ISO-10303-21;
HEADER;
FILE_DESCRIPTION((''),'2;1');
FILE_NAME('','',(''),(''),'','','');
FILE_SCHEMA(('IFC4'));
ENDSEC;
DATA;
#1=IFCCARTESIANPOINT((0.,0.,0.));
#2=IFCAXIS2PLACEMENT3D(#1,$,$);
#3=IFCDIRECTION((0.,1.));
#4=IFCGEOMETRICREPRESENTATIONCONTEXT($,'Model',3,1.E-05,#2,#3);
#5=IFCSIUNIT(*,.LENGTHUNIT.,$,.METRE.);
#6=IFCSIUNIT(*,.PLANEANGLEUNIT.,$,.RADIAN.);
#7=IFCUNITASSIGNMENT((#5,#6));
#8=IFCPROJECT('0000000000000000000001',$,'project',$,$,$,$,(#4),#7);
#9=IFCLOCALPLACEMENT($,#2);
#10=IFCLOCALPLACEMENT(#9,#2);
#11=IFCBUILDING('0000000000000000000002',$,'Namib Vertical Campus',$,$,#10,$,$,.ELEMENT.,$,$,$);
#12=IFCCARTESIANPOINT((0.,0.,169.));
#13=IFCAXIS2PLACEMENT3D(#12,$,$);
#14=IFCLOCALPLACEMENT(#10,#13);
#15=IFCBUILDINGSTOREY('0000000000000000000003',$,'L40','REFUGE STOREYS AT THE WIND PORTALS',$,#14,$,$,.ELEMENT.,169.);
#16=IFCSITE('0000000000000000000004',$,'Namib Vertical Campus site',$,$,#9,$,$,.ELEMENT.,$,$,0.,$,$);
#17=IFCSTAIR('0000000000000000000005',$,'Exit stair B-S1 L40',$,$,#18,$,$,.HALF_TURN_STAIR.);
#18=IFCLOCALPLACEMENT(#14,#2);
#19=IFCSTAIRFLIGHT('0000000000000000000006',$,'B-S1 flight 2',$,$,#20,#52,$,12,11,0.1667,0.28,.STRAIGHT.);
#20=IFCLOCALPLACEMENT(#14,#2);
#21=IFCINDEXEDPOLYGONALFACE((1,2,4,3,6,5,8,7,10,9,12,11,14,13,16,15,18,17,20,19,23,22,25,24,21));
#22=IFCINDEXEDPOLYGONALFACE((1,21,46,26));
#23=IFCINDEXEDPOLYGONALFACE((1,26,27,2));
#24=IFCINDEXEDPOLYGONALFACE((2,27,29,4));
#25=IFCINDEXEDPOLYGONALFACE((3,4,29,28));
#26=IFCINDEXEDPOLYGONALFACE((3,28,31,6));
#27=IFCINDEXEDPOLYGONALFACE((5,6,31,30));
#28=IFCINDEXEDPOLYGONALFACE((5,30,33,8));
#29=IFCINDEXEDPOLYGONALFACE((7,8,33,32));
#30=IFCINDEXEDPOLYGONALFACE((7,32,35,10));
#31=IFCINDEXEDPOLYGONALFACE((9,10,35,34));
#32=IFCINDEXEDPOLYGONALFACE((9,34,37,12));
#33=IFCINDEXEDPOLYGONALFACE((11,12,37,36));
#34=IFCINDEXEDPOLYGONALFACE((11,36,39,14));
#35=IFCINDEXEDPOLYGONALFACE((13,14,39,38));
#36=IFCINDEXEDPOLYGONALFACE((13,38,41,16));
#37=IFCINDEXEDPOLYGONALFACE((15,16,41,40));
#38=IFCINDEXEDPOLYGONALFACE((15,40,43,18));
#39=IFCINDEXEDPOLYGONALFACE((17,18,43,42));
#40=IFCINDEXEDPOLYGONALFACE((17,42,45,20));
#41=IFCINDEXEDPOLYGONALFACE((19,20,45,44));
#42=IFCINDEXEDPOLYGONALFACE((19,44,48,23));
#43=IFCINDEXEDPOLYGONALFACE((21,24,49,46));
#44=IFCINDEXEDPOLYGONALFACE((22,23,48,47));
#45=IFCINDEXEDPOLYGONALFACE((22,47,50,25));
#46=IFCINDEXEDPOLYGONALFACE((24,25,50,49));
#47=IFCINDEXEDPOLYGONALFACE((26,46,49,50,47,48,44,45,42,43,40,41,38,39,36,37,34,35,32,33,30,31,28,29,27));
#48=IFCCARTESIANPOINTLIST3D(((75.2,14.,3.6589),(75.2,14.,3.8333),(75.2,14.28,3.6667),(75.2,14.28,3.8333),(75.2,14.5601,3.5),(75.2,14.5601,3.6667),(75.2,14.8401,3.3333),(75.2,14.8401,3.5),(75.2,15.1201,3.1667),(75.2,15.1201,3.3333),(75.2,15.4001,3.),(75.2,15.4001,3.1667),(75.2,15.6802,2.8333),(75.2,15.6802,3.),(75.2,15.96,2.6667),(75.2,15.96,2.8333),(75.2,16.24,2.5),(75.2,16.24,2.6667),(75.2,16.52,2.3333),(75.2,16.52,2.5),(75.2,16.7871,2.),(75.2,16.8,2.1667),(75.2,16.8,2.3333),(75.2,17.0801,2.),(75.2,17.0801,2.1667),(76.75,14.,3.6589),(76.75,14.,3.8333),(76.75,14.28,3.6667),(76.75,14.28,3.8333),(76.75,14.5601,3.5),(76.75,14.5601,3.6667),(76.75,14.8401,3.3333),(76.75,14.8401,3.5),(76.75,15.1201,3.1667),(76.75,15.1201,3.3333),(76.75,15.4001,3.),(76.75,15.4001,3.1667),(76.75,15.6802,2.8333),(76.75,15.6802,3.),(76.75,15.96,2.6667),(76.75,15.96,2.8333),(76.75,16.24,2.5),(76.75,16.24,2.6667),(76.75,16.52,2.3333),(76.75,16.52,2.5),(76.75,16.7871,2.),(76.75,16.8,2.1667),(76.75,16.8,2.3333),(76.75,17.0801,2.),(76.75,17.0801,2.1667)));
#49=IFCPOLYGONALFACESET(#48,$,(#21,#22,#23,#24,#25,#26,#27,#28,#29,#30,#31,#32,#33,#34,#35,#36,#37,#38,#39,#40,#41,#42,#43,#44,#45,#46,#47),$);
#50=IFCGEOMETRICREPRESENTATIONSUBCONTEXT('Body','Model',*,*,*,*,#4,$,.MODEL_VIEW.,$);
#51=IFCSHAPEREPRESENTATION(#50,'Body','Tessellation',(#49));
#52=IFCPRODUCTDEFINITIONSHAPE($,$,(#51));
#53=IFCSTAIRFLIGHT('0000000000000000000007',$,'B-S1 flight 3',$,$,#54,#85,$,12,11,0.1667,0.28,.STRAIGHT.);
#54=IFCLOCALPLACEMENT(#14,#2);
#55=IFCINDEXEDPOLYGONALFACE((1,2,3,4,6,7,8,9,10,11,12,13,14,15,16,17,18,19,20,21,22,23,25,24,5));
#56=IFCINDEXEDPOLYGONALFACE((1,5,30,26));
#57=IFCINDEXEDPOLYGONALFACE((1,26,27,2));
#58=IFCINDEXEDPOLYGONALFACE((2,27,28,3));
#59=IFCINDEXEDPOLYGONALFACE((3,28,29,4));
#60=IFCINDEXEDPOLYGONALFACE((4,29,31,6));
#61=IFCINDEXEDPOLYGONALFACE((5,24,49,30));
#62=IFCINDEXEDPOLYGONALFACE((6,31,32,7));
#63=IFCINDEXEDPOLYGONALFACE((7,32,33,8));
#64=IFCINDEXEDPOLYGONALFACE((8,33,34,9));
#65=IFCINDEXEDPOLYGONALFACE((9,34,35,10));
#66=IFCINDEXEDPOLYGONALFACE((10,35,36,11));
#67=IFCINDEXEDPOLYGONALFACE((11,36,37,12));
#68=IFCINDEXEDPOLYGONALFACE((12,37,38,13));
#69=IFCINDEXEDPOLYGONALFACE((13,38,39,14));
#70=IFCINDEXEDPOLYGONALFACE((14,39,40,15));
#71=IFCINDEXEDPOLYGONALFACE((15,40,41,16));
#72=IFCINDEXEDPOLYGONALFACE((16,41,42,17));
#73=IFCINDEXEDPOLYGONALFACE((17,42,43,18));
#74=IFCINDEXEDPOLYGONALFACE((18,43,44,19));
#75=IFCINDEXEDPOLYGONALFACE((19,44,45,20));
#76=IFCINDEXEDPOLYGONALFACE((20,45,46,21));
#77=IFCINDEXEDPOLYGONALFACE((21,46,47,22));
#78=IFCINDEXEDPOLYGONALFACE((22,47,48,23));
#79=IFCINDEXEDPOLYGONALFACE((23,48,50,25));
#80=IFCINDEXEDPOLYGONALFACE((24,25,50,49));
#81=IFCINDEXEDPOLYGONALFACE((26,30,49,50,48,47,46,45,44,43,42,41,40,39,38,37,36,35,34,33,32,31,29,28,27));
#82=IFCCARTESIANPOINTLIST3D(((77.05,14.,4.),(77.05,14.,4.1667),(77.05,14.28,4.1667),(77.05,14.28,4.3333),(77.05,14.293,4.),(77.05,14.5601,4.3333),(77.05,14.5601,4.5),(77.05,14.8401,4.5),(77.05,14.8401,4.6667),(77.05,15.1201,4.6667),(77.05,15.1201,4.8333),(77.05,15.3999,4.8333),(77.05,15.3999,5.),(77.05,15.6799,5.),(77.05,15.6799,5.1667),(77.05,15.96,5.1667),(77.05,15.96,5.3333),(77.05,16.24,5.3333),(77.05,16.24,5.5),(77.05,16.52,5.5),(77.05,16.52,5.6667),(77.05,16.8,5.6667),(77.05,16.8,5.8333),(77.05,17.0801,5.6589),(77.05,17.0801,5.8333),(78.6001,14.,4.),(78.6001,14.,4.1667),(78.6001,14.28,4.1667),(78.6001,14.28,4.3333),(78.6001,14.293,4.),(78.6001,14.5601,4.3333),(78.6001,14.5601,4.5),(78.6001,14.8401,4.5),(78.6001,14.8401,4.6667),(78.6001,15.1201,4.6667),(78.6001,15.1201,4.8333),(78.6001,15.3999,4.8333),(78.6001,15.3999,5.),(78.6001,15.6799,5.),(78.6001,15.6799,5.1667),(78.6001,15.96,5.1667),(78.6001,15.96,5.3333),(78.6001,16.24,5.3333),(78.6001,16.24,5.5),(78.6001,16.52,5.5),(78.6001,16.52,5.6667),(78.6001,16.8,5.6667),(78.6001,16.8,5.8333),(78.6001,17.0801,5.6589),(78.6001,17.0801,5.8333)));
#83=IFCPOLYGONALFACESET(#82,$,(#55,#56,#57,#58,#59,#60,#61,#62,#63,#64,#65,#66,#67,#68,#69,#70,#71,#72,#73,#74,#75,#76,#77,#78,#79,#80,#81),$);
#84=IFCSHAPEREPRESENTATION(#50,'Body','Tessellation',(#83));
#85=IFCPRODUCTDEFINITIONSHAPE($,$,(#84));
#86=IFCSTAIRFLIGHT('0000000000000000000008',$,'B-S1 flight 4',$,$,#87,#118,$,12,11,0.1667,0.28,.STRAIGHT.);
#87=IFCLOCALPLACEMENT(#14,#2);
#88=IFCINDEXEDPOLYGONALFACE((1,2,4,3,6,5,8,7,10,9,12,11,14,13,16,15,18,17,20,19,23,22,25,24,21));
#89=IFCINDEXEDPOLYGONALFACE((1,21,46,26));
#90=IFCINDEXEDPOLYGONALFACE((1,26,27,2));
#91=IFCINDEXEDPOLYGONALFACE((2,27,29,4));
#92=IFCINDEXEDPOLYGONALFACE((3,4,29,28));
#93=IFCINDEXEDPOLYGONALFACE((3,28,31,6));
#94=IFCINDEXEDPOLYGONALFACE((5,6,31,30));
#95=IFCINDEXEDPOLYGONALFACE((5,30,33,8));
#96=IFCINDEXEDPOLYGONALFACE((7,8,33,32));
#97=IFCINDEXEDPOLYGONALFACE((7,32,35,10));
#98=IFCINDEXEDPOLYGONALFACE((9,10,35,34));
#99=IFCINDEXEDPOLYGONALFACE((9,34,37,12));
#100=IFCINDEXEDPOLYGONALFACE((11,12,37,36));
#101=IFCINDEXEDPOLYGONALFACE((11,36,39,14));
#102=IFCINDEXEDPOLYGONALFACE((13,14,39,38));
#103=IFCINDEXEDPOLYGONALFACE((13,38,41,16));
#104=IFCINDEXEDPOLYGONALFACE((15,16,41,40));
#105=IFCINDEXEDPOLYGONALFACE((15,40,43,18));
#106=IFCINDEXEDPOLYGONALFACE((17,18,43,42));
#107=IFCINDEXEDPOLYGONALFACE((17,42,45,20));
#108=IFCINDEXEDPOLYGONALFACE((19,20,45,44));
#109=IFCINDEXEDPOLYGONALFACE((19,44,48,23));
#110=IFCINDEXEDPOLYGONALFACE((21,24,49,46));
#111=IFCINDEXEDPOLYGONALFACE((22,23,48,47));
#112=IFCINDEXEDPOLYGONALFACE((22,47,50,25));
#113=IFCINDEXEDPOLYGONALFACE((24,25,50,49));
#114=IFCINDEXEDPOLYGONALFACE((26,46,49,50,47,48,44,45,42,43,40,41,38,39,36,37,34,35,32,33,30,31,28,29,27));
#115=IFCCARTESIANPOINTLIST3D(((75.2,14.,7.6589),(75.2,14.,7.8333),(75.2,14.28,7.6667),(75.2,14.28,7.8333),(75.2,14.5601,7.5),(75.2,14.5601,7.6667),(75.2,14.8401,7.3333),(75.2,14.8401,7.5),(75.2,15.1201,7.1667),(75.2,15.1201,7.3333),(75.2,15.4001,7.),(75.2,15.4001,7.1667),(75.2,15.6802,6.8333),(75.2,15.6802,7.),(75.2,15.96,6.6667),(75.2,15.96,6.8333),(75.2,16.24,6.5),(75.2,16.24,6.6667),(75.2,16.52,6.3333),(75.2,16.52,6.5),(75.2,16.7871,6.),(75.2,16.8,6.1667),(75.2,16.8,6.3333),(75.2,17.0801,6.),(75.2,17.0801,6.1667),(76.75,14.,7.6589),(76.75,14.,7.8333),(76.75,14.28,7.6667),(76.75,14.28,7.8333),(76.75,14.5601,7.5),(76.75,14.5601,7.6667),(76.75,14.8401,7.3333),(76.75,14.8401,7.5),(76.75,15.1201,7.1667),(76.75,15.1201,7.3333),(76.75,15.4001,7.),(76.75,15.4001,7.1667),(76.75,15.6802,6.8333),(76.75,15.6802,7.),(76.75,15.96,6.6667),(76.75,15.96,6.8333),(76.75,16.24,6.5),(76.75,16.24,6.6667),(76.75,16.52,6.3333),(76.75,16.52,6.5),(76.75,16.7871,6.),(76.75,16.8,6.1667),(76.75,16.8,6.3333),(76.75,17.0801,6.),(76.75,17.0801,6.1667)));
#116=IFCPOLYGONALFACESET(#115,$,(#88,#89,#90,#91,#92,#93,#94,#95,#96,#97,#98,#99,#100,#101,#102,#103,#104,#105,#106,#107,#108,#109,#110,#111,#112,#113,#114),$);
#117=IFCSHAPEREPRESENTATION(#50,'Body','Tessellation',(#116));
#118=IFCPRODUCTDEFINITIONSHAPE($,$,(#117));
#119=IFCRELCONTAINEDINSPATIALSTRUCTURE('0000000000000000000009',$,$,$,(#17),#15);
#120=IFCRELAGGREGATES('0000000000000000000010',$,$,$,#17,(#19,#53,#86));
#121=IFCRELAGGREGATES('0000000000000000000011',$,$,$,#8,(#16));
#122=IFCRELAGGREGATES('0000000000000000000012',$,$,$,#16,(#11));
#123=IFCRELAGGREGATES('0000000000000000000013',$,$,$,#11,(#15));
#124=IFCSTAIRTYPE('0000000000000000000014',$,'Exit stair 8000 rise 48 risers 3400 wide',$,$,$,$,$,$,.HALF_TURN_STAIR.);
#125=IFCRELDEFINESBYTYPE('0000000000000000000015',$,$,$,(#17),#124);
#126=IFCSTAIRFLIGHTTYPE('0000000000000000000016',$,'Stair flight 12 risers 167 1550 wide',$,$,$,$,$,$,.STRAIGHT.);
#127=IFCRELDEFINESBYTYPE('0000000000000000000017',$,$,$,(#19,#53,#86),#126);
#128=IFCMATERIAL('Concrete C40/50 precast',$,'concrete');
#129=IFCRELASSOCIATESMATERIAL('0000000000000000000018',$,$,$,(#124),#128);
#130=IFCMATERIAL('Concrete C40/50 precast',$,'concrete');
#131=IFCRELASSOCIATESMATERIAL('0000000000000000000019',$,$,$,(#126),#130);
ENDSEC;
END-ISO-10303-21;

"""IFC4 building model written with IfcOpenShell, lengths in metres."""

from ifc_helpers import new_model, si_unit, direction, frame, origin, place, context, subcontext, project, spatial, polyline, outline, extrude, material, type_object, element, aggregate, save


model = new_model("IFC4")

# Units and contexts
model_context = context("Model", 3, precision=1e-05, world=origin(), true_north=direction((0.0, 1.0)))
body_context = subcontext(model_context, "Body", "Model", "MODEL_VIEW")
ifc_project = project(units=[si_unit("LENGTHUNIT", "METRE"), si_unit("PLANEANGLEUNIT", "RADIAN")], contexts=[model_context])

# Site, building, storey
site_placement = place(None, origin())
site = spatial("IfcSite", under=ifc_project, at=site_placement, Name="Namib Vertical Campus site", CompositionType="ELEMENT", RefElevation=0.0)
building_placement = place(site_placement, origin())
building = spatial("IfcBuilding", under=site, at=building_placement, Name="Namib Vertical Campus", CompositionType="ELEMENT")
storey_placement = place(building_placement, frame((0.0, 0.0, 169.0)))
storey = spatial("IfcBuildingStorey", under=building, at=storey_placement, Name="L40", Description="REFUGE STOREYS AT THE WIND PORTALS", CompositionType="ELEMENT", Elevation=169.0)

# Stair, stair flights
ifc_material_1 = material(Name="Concrete C40/50 precast", Category="concrete")
stair_type = type_object("IfcStairType", Name="Exit stair 8000 rise 48 risers 3400 wide", PredefinedType="HALF_TURN_STAIR", material=ifc_material_1)
stair_placement = place(storey_placement, origin())
stair = element("IfcStair", 1, at=stair_placement, inside=storey, type_object=stair_type, Name="Exit stair B-S1 L40", PredefinedType="HALF_TURN_STAIR")
ifc_material_2 = material(Name="Concrete C40/50 precast", Category="concrete")
stair_flight_type = type_object("IfcStairFlightType", Name="Stair flight 12 risers 167 1550 wide", PredefinedType="STRAIGHT", material=ifc_material_2)
stair_flight_1_placement = place(storey_placement, frame((75.9751, 17.0801, 2.0), z_axis=(0.0, 0.0, 1.0), x_axis=(0.0, -1.0, 0.0)))
stair_flight_1 = element("IfcStairFlight", 2, at=stair_flight_1_placement, type_object=stair_flight_type, Name="B-S1 flight 2", NumberOfRisers=12, NumberOfTreads=11, PredefinedType="STRAIGHT", RiserHeight=0.1667, TreadLength=0.28, context=body_context, shape_type="SweptSolid", body=[
    extrude(outline(polyline([(0.0, 0.0), (0.0, 0.1667), (0.28, 0.1667), (0.28, 0.3333), (0.5601, 0.3333), (0.5601, 0.5), (0.8401, 0.5), (0.8401, 0.6667), (1.1201, 0.6667), (1.1201, 0.8333), (1.3999, 0.8333), (1.3999, 1.0), (1.6799, 1.0), (1.6799, 1.1667), (1.96, 1.1667), (1.96, 1.3333), (2.24, 1.3333), (2.24, 1.5), (2.52, 1.5), (2.52, 1.6667), (2.8, 1.6667), (2.8, 1.8333), (3.0801, 1.8333), (3.0801, 2.0), (3.0801, 1.6589), (0.293, 0.0), (0.0, 0.0)])), frame((0.0, 0.7749, 0.0), z_axis=(0.0, -1.0, 0.0), x_axis=(1.0, 0.0, 0.0)), (0.0, 0.0, 1.0), 1.55),
])
stair_flight_2_placement = place(storey_placement, frame((77.825, 14.0, 4.0), z_axis=(0.0, 0.0, 1.0), x_axis=(0.0, 1.0, 0.0)))
stair_flight_2 = element("IfcStairFlight", 3, at=stair_flight_2_placement, type_object=stair_flight_type, Name="B-S1 flight 3", NumberOfRisers=12, NumberOfTreads=11, PredefinedType="STRAIGHT", RiserHeight=0.1667, TreadLength=0.28, context=body_context, shape_type="SweptSolid", body=[
    extrude(outline(polyline([(0.0, 0.0), (0.0, 0.1667), (0.28, 0.1667), (0.28, 0.3333), (0.5601, 0.3333), (0.5601, 0.5), (0.8401, 0.5), (0.8401, 0.6667), (1.1201, 0.6667), (1.1201, 0.8333), (1.3999, 0.8333), (1.3999, 1.0), (1.6799, 1.0), (1.6799, 1.1667), (1.96, 1.1667), (1.96, 1.3333), (2.24, 1.3333), (2.24, 1.5), (2.52, 1.5), (2.52, 1.6667), (2.8, 1.6667), (2.8, 1.8333), (3.0801, 1.8333), (3.0801, 2.0), (3.0801, 1.6589), (0.293, 0.0), (0.0, 0.0)])), frame((0.0, 0.7749, 0.0), z_axis=(0.0, -1.0, 0.0), x_axis=(1.0, 0.0, 0.0)), (0.0, 0.0, 1.0), 1.55),
])
stair_flight_3_placement = place(storey_placement, frame((75.9751, 17.0801, 6.0), z_axis=(0.0, 0.0, 1.0), x_axis=(0.0, -1.0, 0.0)))
stair_flight_3 = element("IfcStairFlight", 4, at=stair_flight_3_placement, type_object=stair_flight_type, Name="B-S1 flight 4", NumberOfRisers=12, NumberOfTreads=11, PredefinedType="STRAIGHT", RiserHeight=0.1667, TreadLength=0.28, context=body_context, shape_type="SweptSolid", body=[
    extrude(outline(polyline([(0.0, 0.0), (0.0, 0.1667), (0.28, 0.1667), (0.28, 0.3333), (0.5601, 0.3333), (0.5601, 0.5), (0.8401, 0.5), (0.8401, 0.6667), (1.1201, 0.6667), (1.1201, 0.8333), (1.3999, 0.8333), (1.3999, 1.0), (1.6799, 1.0), (1.6799, 1.1667), (1.96, 1.1667), (1.96, 1.3333), (2.24, 1.3333), (2.24, 1.5), (2.52, 1.5), (2.52, 1.6667), (2.8, 1.6667), (2.8, 1.8333), (3.0801, 1.8333), (3.0801, 2.0), (3.0801, 1.6589), (0.293, 0.0), (0.0, 0.0)])), frame((0.0, 0.7749, 0.0), z_axis=(0.0, -1.0, 0.0), x_axis=(1.0, 0.0, 0.0)), (0.0, 0.0, 1.0), 1.55),
])
aggregate(stair, [stair_flight_1, stair_flight_2, stair_flight_3])

save(model, "model.ifc")
